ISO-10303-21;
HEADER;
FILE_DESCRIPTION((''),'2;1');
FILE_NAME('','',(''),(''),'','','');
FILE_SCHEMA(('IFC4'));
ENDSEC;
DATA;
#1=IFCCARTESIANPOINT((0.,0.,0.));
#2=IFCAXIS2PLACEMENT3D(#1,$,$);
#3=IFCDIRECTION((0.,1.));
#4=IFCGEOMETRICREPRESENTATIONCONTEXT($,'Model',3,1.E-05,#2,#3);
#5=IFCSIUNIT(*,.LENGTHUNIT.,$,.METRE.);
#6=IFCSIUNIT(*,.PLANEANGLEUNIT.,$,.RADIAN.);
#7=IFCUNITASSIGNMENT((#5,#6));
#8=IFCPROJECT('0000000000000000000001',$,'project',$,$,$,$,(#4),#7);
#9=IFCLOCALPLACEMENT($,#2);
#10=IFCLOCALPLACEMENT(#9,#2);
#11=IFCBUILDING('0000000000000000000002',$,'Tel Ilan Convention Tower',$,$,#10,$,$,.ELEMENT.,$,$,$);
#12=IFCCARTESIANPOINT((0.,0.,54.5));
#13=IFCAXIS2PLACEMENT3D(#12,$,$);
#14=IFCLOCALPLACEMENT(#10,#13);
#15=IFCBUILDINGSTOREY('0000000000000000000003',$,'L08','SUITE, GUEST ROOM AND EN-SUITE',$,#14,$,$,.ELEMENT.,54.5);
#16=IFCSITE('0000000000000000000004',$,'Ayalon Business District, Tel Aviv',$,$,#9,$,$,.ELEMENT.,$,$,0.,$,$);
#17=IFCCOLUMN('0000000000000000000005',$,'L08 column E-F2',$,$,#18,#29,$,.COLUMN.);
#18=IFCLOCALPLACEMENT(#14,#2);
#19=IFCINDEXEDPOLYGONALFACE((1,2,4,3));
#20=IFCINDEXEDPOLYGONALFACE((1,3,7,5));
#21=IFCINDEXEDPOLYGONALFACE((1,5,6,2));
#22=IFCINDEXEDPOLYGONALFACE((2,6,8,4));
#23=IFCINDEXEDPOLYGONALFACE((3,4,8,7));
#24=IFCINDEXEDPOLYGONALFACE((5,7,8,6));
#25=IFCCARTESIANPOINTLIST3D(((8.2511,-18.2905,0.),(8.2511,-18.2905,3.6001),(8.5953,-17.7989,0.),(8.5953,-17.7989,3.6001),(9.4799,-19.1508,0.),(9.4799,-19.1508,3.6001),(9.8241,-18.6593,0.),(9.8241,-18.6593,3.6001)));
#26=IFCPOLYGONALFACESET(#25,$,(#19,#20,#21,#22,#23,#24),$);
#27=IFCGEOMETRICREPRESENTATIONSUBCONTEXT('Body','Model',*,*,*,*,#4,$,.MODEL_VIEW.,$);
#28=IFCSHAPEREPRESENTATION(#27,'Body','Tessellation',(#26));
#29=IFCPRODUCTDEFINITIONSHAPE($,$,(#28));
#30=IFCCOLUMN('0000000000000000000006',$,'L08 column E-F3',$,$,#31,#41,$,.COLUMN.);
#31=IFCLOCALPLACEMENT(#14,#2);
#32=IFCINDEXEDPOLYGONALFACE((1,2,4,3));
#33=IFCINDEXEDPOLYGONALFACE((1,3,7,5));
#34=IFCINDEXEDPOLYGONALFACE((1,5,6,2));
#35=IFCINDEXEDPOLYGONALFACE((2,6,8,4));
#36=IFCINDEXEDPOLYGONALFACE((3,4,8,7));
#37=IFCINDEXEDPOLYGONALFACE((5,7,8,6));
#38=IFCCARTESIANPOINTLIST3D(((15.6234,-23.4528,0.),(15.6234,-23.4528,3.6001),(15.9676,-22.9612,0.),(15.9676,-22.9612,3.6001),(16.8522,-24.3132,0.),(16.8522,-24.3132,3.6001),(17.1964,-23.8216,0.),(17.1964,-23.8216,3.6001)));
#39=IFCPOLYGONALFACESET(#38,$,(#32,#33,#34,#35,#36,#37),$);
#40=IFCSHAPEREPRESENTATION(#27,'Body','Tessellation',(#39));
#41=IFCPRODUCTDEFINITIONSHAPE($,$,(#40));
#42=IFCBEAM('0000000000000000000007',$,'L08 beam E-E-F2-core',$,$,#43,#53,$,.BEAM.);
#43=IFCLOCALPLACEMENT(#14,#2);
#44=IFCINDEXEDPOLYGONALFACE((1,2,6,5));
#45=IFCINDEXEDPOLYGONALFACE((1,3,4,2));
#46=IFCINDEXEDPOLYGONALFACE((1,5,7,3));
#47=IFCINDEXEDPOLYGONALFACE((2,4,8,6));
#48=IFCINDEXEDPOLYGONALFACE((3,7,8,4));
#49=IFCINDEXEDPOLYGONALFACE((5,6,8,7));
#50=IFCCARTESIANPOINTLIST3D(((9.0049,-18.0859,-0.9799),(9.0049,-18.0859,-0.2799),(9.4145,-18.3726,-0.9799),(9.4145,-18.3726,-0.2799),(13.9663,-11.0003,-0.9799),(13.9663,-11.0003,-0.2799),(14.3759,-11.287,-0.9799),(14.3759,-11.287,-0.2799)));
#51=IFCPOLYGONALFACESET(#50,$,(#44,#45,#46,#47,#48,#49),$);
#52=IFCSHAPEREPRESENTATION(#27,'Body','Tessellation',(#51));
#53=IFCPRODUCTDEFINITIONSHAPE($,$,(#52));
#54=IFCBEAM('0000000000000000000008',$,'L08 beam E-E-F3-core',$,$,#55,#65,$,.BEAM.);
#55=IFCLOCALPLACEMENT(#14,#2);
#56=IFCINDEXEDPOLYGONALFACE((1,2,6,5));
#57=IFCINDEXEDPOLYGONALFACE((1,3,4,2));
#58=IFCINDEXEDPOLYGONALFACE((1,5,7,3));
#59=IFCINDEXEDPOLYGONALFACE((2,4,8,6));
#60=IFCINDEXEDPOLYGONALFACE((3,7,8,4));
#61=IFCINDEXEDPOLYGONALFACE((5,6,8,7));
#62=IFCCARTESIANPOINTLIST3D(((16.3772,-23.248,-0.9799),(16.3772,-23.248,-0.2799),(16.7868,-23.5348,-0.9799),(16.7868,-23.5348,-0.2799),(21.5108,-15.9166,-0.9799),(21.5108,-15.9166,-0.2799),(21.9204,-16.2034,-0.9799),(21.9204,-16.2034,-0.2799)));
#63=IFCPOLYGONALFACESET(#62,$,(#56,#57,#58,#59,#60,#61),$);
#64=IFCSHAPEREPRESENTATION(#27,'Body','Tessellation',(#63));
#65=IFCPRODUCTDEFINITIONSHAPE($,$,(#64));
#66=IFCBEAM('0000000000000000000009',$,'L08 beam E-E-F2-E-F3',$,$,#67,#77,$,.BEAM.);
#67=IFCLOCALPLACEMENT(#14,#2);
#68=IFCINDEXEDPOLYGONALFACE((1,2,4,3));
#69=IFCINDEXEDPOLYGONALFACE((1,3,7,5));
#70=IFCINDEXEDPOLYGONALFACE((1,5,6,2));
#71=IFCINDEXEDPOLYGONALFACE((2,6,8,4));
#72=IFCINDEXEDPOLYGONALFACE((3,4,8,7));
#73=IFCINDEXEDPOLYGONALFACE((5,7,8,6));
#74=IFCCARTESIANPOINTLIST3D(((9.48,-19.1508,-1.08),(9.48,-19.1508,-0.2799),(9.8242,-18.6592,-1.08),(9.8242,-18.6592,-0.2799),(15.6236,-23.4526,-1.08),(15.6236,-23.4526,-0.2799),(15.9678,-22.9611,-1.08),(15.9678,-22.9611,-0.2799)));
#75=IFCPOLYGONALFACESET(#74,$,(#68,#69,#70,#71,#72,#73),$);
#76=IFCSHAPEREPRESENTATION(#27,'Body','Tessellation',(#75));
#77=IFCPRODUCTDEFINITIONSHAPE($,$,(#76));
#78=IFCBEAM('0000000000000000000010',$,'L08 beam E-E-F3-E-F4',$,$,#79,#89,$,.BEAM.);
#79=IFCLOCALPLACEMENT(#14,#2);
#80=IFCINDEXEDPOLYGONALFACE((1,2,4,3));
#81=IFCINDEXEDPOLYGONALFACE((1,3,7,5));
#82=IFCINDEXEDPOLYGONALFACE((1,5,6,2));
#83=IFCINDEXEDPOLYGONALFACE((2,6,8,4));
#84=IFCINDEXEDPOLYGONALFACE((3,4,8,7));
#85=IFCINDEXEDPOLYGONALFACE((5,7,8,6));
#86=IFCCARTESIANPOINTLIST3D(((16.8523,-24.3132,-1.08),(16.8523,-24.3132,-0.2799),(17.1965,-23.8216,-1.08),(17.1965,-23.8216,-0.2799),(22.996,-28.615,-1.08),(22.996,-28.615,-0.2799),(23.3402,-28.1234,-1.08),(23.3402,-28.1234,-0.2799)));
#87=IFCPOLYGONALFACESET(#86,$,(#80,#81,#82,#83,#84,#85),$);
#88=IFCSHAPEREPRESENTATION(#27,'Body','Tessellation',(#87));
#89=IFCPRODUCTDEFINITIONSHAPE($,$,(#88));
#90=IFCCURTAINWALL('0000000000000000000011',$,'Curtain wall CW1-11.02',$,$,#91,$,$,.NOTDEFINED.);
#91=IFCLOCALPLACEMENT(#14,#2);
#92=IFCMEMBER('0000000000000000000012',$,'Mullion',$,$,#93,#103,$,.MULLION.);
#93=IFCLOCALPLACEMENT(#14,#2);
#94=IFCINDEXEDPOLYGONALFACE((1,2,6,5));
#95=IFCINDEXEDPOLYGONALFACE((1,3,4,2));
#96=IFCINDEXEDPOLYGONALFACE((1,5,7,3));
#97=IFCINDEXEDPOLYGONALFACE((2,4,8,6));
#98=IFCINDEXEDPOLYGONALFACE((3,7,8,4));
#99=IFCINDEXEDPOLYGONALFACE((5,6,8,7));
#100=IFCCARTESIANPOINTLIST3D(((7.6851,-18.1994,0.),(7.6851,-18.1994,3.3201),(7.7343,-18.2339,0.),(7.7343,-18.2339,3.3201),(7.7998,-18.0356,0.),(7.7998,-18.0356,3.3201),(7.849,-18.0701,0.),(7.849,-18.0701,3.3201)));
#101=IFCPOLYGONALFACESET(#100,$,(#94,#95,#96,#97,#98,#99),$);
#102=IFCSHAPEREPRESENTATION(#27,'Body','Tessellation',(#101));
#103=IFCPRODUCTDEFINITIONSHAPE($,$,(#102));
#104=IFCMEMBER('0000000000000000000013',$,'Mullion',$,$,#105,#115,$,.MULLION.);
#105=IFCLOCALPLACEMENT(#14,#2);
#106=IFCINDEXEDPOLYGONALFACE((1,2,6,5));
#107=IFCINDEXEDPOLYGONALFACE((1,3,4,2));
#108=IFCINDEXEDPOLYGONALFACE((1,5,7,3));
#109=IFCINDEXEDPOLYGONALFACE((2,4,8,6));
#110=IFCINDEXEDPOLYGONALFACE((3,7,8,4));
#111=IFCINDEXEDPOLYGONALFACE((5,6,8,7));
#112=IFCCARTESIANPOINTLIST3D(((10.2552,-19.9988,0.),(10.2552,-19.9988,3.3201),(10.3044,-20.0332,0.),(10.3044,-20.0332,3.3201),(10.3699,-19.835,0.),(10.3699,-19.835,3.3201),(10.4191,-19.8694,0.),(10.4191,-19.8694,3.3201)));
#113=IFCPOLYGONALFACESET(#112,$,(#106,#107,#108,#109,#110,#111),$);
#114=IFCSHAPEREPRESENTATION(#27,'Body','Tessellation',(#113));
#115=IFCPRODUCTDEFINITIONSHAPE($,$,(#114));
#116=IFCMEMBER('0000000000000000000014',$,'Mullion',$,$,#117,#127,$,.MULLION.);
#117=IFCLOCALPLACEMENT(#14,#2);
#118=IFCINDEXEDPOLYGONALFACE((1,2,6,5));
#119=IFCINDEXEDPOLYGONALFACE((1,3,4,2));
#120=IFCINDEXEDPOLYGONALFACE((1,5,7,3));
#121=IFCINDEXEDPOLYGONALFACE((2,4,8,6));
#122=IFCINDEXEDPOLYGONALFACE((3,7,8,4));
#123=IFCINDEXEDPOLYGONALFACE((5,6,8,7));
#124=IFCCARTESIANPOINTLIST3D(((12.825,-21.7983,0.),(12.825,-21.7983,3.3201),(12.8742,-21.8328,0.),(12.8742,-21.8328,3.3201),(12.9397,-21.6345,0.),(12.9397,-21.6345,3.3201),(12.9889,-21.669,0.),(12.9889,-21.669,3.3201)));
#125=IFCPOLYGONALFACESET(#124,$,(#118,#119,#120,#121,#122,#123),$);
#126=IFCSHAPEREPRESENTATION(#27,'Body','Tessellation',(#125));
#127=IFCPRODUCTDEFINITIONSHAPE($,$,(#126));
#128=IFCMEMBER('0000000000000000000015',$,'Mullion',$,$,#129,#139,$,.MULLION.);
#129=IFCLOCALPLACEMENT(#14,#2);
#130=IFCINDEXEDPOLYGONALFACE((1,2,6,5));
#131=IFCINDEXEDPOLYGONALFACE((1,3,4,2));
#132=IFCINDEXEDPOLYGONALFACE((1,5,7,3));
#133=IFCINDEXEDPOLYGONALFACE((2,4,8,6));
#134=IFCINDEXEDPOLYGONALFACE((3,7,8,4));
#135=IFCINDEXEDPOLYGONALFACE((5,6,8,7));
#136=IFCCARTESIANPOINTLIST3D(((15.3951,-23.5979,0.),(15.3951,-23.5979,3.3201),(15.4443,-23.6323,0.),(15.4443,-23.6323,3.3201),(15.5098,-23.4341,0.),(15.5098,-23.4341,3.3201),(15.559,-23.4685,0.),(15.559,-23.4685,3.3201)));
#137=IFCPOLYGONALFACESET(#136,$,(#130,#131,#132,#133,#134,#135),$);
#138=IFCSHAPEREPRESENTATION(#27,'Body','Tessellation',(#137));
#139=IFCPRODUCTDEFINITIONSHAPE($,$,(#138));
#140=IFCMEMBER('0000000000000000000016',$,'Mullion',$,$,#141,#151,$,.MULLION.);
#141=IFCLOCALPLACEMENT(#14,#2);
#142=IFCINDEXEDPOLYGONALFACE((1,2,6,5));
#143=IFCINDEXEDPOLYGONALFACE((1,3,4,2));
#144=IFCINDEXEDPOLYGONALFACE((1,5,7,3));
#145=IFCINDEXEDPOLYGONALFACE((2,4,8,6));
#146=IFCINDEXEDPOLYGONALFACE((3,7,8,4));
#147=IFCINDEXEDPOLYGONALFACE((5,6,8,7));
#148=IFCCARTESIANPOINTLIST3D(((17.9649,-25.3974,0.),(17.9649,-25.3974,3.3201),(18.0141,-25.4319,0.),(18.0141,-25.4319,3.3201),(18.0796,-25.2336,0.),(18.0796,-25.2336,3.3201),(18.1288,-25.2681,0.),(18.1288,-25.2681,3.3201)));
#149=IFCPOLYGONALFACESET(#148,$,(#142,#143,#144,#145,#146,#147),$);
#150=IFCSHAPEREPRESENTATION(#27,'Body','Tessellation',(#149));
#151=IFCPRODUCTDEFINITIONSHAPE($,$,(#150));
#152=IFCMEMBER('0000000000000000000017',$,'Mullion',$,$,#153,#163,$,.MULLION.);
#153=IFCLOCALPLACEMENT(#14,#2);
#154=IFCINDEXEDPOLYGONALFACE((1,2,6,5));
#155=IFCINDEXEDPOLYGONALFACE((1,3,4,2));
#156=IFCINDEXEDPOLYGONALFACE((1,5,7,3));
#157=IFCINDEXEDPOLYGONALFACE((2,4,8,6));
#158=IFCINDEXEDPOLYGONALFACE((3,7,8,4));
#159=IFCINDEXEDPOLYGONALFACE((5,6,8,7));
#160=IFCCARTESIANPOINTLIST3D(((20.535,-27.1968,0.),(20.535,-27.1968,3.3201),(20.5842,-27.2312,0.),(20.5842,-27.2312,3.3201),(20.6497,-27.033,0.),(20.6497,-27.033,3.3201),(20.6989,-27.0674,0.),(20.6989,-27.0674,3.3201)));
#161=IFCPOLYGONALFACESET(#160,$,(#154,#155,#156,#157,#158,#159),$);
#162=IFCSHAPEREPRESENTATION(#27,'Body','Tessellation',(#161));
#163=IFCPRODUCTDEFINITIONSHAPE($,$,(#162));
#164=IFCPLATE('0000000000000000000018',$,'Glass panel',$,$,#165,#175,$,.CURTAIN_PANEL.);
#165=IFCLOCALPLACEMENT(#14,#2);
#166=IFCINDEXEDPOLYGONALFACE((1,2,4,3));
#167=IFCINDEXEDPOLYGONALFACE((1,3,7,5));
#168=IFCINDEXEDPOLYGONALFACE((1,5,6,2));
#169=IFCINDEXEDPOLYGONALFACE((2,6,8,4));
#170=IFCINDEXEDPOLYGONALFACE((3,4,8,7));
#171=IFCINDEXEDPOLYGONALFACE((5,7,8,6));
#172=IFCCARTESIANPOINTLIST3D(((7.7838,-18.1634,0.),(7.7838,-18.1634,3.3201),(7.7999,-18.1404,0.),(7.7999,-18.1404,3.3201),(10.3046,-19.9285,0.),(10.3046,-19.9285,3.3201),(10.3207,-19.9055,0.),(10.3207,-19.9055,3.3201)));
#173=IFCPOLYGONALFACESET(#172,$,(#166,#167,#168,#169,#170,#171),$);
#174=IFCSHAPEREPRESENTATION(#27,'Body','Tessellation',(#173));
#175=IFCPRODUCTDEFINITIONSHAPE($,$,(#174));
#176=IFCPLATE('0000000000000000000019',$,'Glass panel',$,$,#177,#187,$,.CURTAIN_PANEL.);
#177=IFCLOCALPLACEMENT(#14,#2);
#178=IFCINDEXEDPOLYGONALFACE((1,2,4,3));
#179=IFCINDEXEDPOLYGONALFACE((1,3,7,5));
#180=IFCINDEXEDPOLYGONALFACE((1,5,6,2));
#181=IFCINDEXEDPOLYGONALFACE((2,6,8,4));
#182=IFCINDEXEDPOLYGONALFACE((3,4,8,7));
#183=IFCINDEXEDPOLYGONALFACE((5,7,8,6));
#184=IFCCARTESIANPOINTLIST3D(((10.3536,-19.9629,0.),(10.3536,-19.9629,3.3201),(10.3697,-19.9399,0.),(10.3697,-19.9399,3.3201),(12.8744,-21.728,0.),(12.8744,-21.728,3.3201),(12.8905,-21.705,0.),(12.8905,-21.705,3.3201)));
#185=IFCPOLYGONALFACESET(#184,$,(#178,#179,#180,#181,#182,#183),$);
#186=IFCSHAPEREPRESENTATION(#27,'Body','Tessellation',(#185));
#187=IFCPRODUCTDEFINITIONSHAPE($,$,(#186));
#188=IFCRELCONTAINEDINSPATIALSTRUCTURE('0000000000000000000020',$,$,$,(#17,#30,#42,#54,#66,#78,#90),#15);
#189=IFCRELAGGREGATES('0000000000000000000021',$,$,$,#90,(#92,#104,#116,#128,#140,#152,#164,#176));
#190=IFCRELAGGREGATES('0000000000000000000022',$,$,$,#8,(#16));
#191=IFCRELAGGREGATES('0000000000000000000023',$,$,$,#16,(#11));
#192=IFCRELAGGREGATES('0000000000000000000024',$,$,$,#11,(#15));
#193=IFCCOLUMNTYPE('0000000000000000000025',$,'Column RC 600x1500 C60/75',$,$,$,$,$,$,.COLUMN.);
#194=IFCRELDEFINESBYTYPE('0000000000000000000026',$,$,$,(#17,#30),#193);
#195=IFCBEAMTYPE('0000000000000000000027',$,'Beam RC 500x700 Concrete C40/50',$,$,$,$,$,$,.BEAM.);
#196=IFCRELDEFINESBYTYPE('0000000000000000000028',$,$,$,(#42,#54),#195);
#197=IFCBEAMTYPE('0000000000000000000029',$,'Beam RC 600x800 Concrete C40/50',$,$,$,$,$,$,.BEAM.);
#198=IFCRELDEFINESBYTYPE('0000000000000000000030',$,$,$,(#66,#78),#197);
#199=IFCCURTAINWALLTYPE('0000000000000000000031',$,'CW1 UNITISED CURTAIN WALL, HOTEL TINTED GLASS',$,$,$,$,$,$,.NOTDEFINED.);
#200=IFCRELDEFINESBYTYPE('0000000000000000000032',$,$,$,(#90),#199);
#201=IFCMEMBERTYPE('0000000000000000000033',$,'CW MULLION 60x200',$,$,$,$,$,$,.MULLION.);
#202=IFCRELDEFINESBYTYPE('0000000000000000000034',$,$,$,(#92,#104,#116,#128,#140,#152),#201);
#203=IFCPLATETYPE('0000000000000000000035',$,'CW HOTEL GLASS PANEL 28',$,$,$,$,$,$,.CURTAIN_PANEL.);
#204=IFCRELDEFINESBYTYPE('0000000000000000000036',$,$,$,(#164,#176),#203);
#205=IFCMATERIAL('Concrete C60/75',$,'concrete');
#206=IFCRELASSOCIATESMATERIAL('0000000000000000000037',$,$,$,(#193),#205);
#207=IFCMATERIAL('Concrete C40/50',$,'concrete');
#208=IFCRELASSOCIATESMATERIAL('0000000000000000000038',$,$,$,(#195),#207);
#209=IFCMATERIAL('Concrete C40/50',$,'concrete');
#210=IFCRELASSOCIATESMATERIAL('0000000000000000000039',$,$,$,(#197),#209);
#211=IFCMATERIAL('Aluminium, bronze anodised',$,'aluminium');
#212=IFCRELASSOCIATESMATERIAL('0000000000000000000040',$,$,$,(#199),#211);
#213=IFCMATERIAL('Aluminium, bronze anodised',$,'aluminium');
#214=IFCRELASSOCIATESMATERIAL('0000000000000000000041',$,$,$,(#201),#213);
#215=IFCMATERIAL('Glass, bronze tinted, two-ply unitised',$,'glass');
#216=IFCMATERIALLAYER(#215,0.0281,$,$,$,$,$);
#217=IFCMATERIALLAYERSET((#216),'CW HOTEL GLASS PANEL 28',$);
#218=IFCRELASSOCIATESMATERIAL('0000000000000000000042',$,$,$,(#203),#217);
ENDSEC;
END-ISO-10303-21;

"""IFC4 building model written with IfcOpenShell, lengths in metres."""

from ifc_helpers import new_model, si_unit, direction, frame, origin, origin_2d, place, context, subcontext, project, spatial, rectangle, extrude, material, layer, layer_set, material_profile, profile_set, type_object, element, aggregate, save


model = new_model("IFC4")

# Units and contexts
model_context = context("Model", 3, precision=1e-05, world=origin(), true_north=direction((0.0, 1.0)))
body_context = subcontext(model_context, "Body", "Model", "MODEL_VIEW")
ifc_project = project(units=[si_unit("LENGTHUNIT", "METRE"), si_unit("PLANEANGLEUNIT", "RADIAN")], contexts=[model_context])

# Site, building, storey
site_placement = place(None, origin())
site = spatial("IfcSite", under=ifc_project, at=site_placement, Name="Ayalon Business District, Tel Aviv", CompositionType="ELEMENT", RefElevation=0.0)
building_placement = place(site_placement, origin())
building = spatial("IfcBuilding", under=site, at=building_placement, Name="Tel Ilan Convention Tower", CompositionType="ELEMENT")
storey_placement = place(building_placement, frame((0.0, 0.0, 54.5)))
storey = spatial("IfcBuildingStorey", under=building, at=storey_placement, Name="L08", Description="SUITE, GUEST ROOM AND EN-SUITE", CompositionType="ELEMENT", Elevation=54.5)

# Columns
ifc_material_1 = material(Name="Concrete C60/75", Category="concrete")
ifc_material_profile_1 = material_profile(ifc_material_1, rectangle(XDim=1.5, YDim=0.6001, at=origin_2d()), Name="RC 600x1500")
ifc_profile_set_1 = profile_set([ifc_material_profile_1], Name="Concrete C60/75")
column_type = type_object("IfcColumnType", Name="Column RC 600x1500 C60/75", PredefinedType="COLUMN", material=ifc_profile_set_1)
for number, where, z_axis, x_axis, name in (
    (1, (9.0376, -18.4749, 0.0), (0.0, 0.0, 1.0), (0.819152, -0.573576, 0.0), "L08 column E-F2"),
    (2, (16.4099, -23.6372, 0.0), (0.0, 0.0, 1.0), (0.819152, -0.573576, 0.0), "L08 column E-F3"),
):
    element("IfcColumn", number, at=place(storey_placement, frame(where, z_axis=z_axis, x_axis=x_axis)), inside=storey, type_object=column_type, Name=name, PredefinedType="COLUMN", context=body_context, shape_type="SweptSolid", body=[
        extrude(rectangle(XDim=1.5, YDim=0.6001, at=origin_2d()), origin(), (0.0, 0.0, 1.0), 3.6001),
    ])

# Beams
ifc_material_2 = material(Name="Concrete C40/50", Category="concrete")
ifc_material_profile_2 = material_profile(ifc_material_2, rectangle(XDim=0.5, YDim=0.7, at=origin_2d()), Name="RC 500x700")
ifc_profile_set_2 = profile_set([ifc_material_profile_2], Name="Concrete C40/50")
beam_type_1 = type_object("IfcBeamType", Name="Beam RC 500x700 Concrete C40/50", PredefinedType="BEAM", material=ifc_profile_set_2)
beam_1_placement = place(storey_placement, frame((9.2097, -18.2292, -0.6299), z_axis=(0.573574, 0.819154, 0.0), x_axis=(-0.819154, 0.573574, 0.0)))
element("IfcBeam", 3, at=beam_1_placement, inside=storey, type_object=beam_type_1, Name="L08 beam E-E-F2-core", PredefinedType="BEAM", context=body_context, shape_type="SweptSolid", body=[
    extrude(rectangle(XDim=0.5, YDim=0.7, at=origin_2d()), origin(), (0.0, 0.0, 1.0), 8.6499),
])
beam_2_placement = place(storey_placement, frame((16.582, -23.3914, -0.6299), z_axis=(0.573585, 0.819146, 0.0), x_axis=(-0.819146, 0.573585, 0.0)))
element("IfcBeam", 4, at=beam_2_placement, inside=storey, type_object=beam_type_1, Name="L08 beam E-E-F3-core", PredefinedType="BEAM", context=body_context, shape_type="SweptSolid", body=[
    extrude(rectangle(XDim=0.5, YDim=0.7, at=origin_2d()), origin(), (0.0, 0.0, 1.0), 8.95),
])
ifc_material_3 = material(Name="Concrete C40/50", Category="concrete")
ifc_material_profile_3 = material_profile(ifc_material_3, rectangle(XDim=0.6001, YDim=0.8, at=origin_2d()), Name="RC 600x800")
ifc_profile_set_3 = profile_set([ifc_material_profile_3], Name="Concrete C40/50")
beam_type_2 = type_object("IfcBeamType", Name="Beam RC 600x800 Concrete C40/50", PredefinedType="BEAM", material=ifc_profile_set_3)
for number, where, z_axis, x_axis, name in (
    (5, (9.6521, -18.905, -0.6799), (0.819152, -0.573576, 0.0), (0.573576, 0.819152, 0.0), "L08 beam E-E-F2-E-F3"),
    (6, (17.0244, -24.0674, -0.6799), (0.819152, -0.573576, 0.0), (0.573576, 0.819152, 0.0), "L08 beam E-E-F3-E-F4"),
):
    element("IfcBeam", number, at=place(storey_placement, frame(where, z_axis=z_axis, x_axis=x_axis)), inside=storey, type_object=beam_type_2, Name=name, PredefinedType="BEAM", context=body_context, shape_type="SweptSolid", body=[
        extrude(rectangle(XDim=0.6001, YDim=0.8, at=origin_2d()), origin(), (0.0, 0.0, 1.0), 7.5),
    ])

# Curtain wall, members, plates
ifc_material_4 = material(Name="Aluminium, bronze anodised", Category="aluminium")
curtain_wall_type = type_object("IfcCurtainWallType", Name="CW1 UNITISED CURTAIN WALL, HOTEL TINTED GLASS", PredefinedType="NOTDEFINED", material=ifc_material_4)
curtain_wall_placement = place(storey_placement, origin())
curtain_wall = element("IfcCurtainWall", 7, at=curtain_wall_placement, inside=storey, type_object=curtain_wall_type, Name="Curtain wall CW1-11.02", PredefinedType="NOTDEFINED")
ifc_material_5 = material(Name="Aluminium, bronze anodised", Category="aluminium")
ifc_material_profile_4 = material_profile(ifc_material_5, rectangle(XDim=0.0601, YDim=0.2, at=origin_2d()), Name="CW MULLION 60x200")
ifc_profile_set_4 = profile_set([ifc_material_profile_4], Name="Aluminium, bronze anodised")
member_type = type_object("IfcMemberType", Name="CW MULLION 60x200", PredefinedType="MULLION", material=ifc_profile_set_4)
member_1_placement = place(storey_placement, frame((7.7671, -18.1348, 0.0), z_axis=(0.0, 0.0, 1.0), x_axis=(0.819152, -0.573576, 0.0)))
member_1 = element("IfcMember", 8, at=member_1_placement, type_object=member_type, Name="Mullion", PredefinedType="MULLION", context=body_context, shape_type="SweptSolid", body=[
    extrude(rectangle(XDim=0.0601, YDim=0.2, at=origin_2d()), origin(), (0.0, 0.0, 1.0), 3.3201),
])
member_2_placement = place(storey_placement, frame((10.3372, -19.9341, 0.0), z_axis=(0.0, 0.0, 1.0), x_axis=(0.819152, -0.573576, 0.0)))
member_2 = element("IfcMember", 9, at=member_2_placement, type_object=member_type, Name="Mullion", PredefinedType="MULLION", context=body_context, shape_type="SweptSolid", body=[
    extrude(rectangle(XDim=0.0601, YDim=0.2, at=origin_2d()), origin(), (0.0, 0.0, 1.0), 3.3201),
])
member_3_placement = place(storey_placement, frame((12.907, -21.7336, 0.0), z_axis=(0.0, 0.0, 1.0), x_axis=(0.819152, -0.573576, 0.0)))
member_3 = element("IfcMember", 10, at=member_3_placement, type_object=member_type, Name="Mullion", PredefinedType="MULLION", context=body_context, shape_type="SweptSolid", body=[
    extrude(rectangle(XDim=0.0601, YDim=0.2, at=origin_2d()), origin(), (0.0, 0.0, 1.0), 3.3201),
])
member_4_placement = place(storey_placement, frame((15.4771, -23.5332, 0.0), z_axis=(0.0, 0.0, 1.0), x_axis=(0.819152, -0.573576, 0.0)))
member_4 = element("IfcMember", 11, at=member_4_placement, type_object=member_type, Name="Mullion", PredefinedType="MULLION", context=body_context, shape_type="SweptSolid", body=[
    extrude(rectangle(XDim=0.0601, YDim=0.2, at=origin_2d()), origin(), (0.0, 0.0, 1.0), 3.3201),
])
member_5_placement = place(storey_placement, frame((18.0469, -25.3328, 0.0), z_axis=(0.0, 0.0, 1.0), x_axis=(0.819152, -0.573576, 0.0)))
member_5 = element("IfcMember", 12, at=member_5_placement, type_object=member_type, Name="Mullion", PredefinedType="MULLION", context=body_context, shape_type="SweptSolid", body=[
    extrude(rectangle(XDim=0.0601, YDim=0.2, at=origin_2d()), origin(), (0.0, 0.0, 1.0), 3.3201),
])
member_6_placement = place(storey_placement, frame((20.6169, -27.1321, 0.0), z_axis=(0.0, 0.0, 1.0), x_axis=(0.819152, -0.573576, 0.0)))
member_6 = element("IfcMember", 13, at=member_6_placement, type_object=member_type, Name="Mullion", PredefinedType="MULLION", context=body_context, shape_type="SweptSolid", body=[
    extrude(rectangle(XDim=0.0601, YDim=0.2, at=origin_2d()), origin(), (0.0, 0.0, 1.0), 3.3201),
])
ifc_material_6 = material(Name="Glass, bronze tinted, two-ply unitised", Category="glass")
ifc_layer_1 = layer(ifc_material_6, 0.0281)
ifc_layer_set_1 = layer_set([ifc_layer_1], Name="CW HOTEL GLASS PANEL 28")
plate_type = type_object("IfcPlateType", Name="CW HOTEL GLASS PANEL 28", PredefinedType="CURTAIN_PANEL", material=ifc_layer_set_1)
plate_1_placement = place(storey_placement, frame((9.0522, -19.0344, 0.0), z_axis=(0.0, 0.0, 1.0), x_axis=(0.819152, -0.573576, 0.0)))
plate_1 = element("IfcPlate", 14, at=plate_1_placement, type_object=plate_type, Name="Glass panel", PredefinedType="CURTAIN_PANEL", context=body_context, shape_type="SweptSolid", body=[
    extrude(rectangle(XDim=3.0774, YDim=0.0281, at=origin_2d()), origin(), (0.0, 0.0, 1.0), 3.3201),
])
plate_2_placement = place(storey_placement, frame((11.6221, -20.834, 0.0), z_axis=(0.0, 0.0, 1.0), x_axis=(0.819152, -0.573576, 0.0)))
plate_2 = element("IfcPlate", 15, at=plate_2_placement, type_object=plate_type, Name="Glass panel", PredefinedType="CURTAIN_PANEL", context=body_context, shape_type="SweptSolid", body=[
    extrude(rectangle(XDim=3.0774, YDim=0.0281, at=origin_2d()), origin(), (0.0, 0.0, 1.0), 3.3201),
])
aggregate(curtain_wall, [member_1, member_2, member_3, member_4, member_5, member_6, plate_1, plate_2])

save(model, "model.ifc")
